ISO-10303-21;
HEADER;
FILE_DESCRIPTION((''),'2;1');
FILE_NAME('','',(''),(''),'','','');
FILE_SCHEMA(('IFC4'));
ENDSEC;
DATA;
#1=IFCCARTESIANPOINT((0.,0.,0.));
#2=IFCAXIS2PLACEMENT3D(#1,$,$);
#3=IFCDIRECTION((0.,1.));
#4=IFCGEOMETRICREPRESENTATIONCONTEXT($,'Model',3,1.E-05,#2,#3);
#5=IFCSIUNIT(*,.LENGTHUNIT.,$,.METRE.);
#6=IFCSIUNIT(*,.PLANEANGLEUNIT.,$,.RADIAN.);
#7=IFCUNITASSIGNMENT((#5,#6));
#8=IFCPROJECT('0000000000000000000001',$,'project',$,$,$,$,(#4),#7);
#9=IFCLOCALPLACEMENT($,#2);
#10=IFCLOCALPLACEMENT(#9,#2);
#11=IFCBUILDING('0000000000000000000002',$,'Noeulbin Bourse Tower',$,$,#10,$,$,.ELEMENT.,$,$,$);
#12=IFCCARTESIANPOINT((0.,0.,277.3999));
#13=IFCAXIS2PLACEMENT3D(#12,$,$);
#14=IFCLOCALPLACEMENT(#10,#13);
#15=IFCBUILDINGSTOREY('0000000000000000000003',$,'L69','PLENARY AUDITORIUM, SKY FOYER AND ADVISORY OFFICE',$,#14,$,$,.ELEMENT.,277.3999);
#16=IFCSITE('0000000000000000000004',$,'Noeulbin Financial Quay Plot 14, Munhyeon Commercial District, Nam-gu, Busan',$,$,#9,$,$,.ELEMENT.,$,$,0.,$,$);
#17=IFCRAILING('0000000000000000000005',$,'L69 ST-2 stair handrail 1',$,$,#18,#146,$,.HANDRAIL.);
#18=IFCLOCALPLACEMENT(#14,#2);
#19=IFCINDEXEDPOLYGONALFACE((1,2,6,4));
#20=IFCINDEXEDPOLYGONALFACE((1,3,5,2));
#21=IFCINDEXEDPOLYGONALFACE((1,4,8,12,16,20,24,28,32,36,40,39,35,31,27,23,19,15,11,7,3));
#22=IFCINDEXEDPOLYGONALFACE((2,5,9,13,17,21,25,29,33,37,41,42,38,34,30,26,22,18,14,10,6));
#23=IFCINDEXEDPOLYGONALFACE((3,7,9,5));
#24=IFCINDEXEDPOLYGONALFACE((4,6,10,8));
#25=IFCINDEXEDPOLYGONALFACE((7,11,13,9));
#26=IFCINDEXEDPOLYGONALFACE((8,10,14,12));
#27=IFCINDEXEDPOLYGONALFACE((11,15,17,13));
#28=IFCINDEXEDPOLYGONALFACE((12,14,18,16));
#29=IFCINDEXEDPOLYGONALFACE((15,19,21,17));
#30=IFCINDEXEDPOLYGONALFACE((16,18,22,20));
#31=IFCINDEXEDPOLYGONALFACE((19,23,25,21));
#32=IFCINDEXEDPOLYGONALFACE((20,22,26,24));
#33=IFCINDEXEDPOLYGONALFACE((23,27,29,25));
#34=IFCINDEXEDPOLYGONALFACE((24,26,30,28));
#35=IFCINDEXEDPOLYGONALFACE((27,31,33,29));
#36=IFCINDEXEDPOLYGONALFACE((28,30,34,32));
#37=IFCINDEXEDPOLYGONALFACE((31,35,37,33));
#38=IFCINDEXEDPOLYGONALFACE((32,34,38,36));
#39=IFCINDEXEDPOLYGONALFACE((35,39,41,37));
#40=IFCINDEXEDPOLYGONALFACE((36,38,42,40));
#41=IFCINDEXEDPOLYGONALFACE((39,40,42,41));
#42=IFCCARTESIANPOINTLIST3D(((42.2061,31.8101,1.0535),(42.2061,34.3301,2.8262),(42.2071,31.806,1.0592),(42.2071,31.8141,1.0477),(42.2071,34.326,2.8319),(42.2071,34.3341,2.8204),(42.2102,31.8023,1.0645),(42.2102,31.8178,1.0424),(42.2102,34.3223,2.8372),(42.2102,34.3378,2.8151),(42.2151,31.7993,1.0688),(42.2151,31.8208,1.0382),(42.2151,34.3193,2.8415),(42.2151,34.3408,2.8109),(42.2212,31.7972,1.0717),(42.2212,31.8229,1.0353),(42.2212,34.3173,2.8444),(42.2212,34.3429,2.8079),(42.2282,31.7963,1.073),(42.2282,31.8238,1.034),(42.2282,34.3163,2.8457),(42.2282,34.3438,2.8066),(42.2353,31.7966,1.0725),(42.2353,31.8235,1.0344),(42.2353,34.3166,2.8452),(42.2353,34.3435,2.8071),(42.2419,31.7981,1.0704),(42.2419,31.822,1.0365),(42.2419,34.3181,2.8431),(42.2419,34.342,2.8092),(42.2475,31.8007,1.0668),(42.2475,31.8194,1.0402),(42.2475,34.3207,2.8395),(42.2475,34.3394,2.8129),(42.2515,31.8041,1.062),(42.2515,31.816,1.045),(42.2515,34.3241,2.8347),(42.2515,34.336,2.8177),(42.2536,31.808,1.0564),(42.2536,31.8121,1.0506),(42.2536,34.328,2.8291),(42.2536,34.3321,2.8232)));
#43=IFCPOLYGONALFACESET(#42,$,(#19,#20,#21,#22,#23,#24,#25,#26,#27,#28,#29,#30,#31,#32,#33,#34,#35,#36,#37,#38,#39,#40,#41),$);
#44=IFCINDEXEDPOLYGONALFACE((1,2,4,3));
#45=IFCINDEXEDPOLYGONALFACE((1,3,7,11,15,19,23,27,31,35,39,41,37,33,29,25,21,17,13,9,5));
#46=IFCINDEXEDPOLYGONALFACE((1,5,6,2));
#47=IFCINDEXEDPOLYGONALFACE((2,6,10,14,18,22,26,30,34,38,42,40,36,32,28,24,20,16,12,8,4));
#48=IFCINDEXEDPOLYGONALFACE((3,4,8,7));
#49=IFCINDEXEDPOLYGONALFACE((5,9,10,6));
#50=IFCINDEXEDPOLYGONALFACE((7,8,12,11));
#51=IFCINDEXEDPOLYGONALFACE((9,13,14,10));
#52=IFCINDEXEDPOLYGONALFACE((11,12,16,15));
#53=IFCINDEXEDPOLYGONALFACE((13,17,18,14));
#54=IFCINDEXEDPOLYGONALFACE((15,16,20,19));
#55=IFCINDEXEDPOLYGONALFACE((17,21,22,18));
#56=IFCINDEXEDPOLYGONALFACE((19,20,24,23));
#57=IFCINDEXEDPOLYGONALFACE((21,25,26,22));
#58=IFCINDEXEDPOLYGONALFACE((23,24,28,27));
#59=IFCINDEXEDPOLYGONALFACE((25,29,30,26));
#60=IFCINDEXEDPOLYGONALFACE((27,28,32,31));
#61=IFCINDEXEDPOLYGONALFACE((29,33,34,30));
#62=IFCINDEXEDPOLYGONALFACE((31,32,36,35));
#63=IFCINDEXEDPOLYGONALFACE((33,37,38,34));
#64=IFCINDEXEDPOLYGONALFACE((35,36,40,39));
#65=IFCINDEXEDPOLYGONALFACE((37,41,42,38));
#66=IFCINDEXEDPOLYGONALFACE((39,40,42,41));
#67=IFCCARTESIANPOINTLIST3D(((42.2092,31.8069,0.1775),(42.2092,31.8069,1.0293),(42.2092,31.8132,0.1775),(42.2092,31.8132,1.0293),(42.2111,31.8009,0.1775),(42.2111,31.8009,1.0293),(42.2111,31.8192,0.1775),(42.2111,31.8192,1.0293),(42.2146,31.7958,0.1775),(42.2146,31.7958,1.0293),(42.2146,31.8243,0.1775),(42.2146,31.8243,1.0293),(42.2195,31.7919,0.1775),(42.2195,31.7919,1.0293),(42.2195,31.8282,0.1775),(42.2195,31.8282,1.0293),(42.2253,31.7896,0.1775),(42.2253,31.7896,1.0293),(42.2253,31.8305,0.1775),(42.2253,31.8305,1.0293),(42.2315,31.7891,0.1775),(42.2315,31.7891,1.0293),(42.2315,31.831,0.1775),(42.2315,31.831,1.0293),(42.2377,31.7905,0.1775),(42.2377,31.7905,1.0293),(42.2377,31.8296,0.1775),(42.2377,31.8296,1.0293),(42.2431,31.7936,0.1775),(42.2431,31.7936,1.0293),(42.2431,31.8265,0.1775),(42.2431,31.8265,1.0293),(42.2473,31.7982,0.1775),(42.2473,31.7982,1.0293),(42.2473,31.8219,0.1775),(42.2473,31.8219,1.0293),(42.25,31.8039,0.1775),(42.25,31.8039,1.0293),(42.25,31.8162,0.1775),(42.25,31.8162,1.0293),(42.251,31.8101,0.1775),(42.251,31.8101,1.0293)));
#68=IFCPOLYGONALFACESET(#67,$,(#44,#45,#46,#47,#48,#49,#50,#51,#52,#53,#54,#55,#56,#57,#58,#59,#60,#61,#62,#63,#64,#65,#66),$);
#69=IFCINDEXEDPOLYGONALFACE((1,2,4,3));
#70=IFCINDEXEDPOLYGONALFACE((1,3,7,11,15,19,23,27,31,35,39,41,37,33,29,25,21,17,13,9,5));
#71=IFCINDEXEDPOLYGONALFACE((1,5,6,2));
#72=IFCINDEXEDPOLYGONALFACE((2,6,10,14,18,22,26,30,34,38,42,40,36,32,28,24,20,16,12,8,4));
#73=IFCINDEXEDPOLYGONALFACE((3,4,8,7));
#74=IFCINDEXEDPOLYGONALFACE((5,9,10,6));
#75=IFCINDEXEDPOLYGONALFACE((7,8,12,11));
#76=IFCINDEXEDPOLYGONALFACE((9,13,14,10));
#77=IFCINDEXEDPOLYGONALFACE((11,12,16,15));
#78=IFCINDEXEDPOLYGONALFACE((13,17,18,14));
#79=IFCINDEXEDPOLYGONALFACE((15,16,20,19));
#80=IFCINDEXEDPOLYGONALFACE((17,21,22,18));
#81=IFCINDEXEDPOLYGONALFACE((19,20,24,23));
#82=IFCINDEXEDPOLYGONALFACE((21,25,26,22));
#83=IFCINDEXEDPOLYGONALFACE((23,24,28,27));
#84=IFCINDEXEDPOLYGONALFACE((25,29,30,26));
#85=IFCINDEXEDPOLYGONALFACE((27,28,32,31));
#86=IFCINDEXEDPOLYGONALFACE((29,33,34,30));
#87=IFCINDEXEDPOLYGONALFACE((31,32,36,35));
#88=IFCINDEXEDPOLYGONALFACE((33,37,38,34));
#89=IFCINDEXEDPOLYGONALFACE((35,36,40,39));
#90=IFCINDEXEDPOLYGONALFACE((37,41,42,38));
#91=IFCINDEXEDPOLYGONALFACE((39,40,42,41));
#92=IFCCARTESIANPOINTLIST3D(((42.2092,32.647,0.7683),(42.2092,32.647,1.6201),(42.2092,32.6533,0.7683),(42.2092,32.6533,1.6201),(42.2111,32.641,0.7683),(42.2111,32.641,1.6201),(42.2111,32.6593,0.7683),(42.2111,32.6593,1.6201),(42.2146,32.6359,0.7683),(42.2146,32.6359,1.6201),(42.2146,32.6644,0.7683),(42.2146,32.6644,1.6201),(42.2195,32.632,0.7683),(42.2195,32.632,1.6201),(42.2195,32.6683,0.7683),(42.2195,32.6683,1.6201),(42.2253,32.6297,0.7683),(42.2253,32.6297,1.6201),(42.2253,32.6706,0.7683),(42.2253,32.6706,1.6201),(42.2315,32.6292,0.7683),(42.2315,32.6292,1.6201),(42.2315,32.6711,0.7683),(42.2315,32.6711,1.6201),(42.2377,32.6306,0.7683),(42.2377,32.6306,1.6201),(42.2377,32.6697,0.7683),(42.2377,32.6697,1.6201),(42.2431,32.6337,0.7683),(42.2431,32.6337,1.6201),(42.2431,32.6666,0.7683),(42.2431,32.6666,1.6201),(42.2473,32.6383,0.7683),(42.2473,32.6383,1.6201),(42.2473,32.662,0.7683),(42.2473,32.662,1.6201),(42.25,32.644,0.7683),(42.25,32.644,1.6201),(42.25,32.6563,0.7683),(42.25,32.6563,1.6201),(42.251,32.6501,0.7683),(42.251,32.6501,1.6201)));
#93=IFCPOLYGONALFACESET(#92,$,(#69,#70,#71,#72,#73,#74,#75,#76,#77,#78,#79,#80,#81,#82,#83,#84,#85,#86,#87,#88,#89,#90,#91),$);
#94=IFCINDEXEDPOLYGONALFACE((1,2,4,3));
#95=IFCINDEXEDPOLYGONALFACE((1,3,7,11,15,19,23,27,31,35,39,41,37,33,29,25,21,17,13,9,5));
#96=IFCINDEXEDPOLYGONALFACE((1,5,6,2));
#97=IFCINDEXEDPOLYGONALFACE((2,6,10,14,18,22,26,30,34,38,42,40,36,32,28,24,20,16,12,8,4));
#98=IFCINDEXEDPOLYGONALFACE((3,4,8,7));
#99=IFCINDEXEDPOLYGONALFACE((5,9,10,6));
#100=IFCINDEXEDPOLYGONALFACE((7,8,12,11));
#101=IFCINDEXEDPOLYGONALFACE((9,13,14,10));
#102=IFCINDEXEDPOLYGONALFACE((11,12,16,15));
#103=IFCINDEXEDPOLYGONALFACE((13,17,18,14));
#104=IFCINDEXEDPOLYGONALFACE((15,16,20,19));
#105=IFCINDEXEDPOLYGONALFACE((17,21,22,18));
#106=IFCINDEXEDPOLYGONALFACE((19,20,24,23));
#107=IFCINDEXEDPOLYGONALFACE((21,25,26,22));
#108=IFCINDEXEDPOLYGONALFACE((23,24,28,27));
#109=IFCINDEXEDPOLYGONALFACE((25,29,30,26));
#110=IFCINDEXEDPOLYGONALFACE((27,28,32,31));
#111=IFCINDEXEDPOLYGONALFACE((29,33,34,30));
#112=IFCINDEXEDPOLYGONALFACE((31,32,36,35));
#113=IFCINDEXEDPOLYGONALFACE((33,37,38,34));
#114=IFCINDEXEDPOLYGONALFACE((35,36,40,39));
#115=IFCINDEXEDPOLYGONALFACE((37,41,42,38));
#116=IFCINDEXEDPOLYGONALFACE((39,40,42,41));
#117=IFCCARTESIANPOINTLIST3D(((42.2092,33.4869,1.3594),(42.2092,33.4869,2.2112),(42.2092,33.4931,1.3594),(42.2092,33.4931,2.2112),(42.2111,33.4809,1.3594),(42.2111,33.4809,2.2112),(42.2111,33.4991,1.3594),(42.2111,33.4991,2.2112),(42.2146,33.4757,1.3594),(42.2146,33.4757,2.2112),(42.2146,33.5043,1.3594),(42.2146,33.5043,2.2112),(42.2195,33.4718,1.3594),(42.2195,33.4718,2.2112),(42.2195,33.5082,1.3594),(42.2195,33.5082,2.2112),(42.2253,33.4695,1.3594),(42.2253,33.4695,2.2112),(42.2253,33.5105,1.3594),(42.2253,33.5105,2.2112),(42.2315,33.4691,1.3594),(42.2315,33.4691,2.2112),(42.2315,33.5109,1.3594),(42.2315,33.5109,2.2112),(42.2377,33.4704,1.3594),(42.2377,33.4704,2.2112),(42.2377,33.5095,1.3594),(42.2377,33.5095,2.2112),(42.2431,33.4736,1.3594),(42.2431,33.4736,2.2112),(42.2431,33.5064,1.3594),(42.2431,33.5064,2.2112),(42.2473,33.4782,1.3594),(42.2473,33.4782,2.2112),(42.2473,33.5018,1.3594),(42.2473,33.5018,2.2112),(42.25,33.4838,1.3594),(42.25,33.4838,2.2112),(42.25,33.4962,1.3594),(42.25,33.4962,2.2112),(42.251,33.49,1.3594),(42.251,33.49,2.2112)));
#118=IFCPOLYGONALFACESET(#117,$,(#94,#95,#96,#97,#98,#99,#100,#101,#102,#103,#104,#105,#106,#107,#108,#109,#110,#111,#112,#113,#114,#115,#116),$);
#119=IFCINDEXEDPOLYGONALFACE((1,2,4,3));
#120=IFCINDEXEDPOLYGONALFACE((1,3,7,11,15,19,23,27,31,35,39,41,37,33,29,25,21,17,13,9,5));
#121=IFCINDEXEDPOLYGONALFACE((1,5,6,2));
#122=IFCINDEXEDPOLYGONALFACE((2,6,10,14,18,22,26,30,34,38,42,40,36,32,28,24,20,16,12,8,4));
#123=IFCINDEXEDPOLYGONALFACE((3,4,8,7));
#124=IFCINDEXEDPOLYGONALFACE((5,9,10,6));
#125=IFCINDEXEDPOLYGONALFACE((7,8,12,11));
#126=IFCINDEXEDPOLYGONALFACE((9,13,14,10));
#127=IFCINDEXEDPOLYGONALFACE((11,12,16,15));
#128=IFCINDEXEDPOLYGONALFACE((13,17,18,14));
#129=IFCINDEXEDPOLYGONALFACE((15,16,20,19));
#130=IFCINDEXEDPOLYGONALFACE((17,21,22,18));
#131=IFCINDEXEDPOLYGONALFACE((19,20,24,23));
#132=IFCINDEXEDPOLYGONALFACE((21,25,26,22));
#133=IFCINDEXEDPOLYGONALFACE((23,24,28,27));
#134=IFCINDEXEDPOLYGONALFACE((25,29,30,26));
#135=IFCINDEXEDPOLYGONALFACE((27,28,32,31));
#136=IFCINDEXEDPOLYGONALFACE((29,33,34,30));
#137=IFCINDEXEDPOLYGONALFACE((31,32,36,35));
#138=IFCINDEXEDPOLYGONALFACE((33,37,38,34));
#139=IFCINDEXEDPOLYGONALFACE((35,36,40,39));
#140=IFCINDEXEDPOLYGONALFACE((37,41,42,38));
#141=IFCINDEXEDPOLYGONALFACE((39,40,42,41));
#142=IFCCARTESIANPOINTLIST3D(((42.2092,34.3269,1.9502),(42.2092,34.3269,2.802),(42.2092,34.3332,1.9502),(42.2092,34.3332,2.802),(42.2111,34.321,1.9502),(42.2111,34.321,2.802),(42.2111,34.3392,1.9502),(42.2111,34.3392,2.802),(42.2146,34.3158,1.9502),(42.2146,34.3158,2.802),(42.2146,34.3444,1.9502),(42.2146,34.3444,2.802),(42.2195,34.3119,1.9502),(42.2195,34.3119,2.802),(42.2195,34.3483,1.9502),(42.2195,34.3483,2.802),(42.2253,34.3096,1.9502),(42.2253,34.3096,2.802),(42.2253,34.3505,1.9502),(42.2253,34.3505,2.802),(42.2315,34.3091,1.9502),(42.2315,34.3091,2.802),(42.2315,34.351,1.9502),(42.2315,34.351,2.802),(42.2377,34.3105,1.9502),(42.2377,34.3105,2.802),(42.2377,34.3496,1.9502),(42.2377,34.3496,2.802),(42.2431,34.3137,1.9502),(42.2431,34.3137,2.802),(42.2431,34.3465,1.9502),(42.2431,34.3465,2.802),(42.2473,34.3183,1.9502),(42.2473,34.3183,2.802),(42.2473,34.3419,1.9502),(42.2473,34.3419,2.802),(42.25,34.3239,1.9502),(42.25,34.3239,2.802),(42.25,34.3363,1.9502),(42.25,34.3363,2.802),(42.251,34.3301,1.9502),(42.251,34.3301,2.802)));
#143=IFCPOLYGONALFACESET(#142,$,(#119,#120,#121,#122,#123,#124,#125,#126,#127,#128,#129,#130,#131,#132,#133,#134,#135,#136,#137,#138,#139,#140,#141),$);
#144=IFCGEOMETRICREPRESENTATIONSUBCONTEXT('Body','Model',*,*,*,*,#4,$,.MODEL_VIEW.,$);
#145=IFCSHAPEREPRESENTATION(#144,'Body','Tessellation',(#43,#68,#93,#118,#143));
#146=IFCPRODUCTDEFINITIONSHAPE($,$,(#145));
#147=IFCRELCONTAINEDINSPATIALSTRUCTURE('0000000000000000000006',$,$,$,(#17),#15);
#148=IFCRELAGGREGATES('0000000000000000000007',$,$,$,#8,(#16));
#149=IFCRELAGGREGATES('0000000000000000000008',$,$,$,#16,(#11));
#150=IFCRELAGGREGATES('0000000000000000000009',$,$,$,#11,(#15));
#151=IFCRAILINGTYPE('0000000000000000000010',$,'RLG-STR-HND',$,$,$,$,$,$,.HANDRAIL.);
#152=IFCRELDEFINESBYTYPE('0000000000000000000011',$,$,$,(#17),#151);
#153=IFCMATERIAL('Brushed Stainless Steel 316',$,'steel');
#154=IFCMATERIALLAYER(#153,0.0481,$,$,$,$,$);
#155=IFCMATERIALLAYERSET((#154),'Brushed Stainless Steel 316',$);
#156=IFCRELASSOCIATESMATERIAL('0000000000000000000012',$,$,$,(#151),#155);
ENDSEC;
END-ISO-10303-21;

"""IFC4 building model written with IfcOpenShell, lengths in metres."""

from ifc_helpers import new_model, si_unit, direction, frame, origin, origin_2d, place, context, subcontext, project, spatial, circle, extrude, material, layer, layer_set, type_object, element, save


model = new_model("IFC4")

# Units and contexts
model_context = context("Model", 3, precision=1e-05, world=origin(), true_north=direction((0.0, 1.0)))
body_context = subcontext(model_context, "Body", "Model", "MODEL_VIEW")
ifc_project = project(units=[si_unit("LENGTHUNIT", "METRE"), si_unit("PLANEANGLEUNIT", "RADIAN")], contexts=[model_context])

# Site, building, storey
site_placement = place(None, origin())
site = spatial("IfcSite", under=ifc_project, at=site_placement, Name="Noeulbin Financial Quay Plot 14, Munhyeon Commercial District, Nam-gu, Busan", CompositionType="ELEMENT", RefElevation=0.0)
building_placement = place(site_placement, origin())
building = spatial("IfcBuilding", under=site, at=building_placement, Name="Noeulbin Bourse Tower", CompositionType="ELEMENT")
storey_placement = place(building_placement, frame((0.0, 0.0, 277.3999)))
storey = spatial("IfcBuildingStorey", under=building, at=storey_placement, Name="L69", Description="PLENARY AUDITORIUM, SKY FOYER AND ADVISORY OFFICE", CompositionType="ELEMENT", Elevation=277.3999)

# Railing
ifc_material_1 = material(Name="Brushed Stainless Steel 316", Category="steel")
ifc_layer_1 = layer(ifc_material_1, 0.0481)
ifc_layer_set_1 = layer_set([ifc_layer_1], Name="Brushed Stainless Steel 316")
railing_type_1 = type_object("IfcRailingType", Name="RLG-STR-HND", PredefinedType="HANDRAIL", material=ifc_layer_set_1)
railing_1_placement = place(storey_placement, frame((42.23, 31.8101, 0.1775)))
element("IfcRailing", 1, at=railing_1_placement, inside=storey, type_object=railing_type_1, Name="L69 ST-2 stair handrail 1", PredefinedType="HANDRAIL", context=body_context, shape_type="SweptSolid", body=[
    extrude(circle(Radius=0.0239, at=origin_2d()), frame((0.0, 0.0, 0.876), z_axis=(0.0, 0.817904, 0.575354), x_axis=(-1.0, 0.0, 0.0)), (0.0, 0.0, 1.0), 3.0811),
    extrude(circle(Radius=0.021, at=origin_2d()), origin(), (0.0, 0.0, 1.0), 0.8518),
    extrude(circle(Radius=0.021, at=origin_2d()), frame((0.0, 0.8401, 0.5908)), (0.0, 0.0, 1.0), 0.8518),
    extrude(circle(Radius=0.021, at=origin_2d()), frame((0.0, 1.6799, 1.1819)), (0.0, 0.0, 1.0), 0.8518),
    extrude(circle(Radius=0.021, at=origin_2d()), frame((0.0, 2.52, 1.7727)), (0.0, 0.0, 1.0), 0.8518),
])

save(model, "model.ifc")
